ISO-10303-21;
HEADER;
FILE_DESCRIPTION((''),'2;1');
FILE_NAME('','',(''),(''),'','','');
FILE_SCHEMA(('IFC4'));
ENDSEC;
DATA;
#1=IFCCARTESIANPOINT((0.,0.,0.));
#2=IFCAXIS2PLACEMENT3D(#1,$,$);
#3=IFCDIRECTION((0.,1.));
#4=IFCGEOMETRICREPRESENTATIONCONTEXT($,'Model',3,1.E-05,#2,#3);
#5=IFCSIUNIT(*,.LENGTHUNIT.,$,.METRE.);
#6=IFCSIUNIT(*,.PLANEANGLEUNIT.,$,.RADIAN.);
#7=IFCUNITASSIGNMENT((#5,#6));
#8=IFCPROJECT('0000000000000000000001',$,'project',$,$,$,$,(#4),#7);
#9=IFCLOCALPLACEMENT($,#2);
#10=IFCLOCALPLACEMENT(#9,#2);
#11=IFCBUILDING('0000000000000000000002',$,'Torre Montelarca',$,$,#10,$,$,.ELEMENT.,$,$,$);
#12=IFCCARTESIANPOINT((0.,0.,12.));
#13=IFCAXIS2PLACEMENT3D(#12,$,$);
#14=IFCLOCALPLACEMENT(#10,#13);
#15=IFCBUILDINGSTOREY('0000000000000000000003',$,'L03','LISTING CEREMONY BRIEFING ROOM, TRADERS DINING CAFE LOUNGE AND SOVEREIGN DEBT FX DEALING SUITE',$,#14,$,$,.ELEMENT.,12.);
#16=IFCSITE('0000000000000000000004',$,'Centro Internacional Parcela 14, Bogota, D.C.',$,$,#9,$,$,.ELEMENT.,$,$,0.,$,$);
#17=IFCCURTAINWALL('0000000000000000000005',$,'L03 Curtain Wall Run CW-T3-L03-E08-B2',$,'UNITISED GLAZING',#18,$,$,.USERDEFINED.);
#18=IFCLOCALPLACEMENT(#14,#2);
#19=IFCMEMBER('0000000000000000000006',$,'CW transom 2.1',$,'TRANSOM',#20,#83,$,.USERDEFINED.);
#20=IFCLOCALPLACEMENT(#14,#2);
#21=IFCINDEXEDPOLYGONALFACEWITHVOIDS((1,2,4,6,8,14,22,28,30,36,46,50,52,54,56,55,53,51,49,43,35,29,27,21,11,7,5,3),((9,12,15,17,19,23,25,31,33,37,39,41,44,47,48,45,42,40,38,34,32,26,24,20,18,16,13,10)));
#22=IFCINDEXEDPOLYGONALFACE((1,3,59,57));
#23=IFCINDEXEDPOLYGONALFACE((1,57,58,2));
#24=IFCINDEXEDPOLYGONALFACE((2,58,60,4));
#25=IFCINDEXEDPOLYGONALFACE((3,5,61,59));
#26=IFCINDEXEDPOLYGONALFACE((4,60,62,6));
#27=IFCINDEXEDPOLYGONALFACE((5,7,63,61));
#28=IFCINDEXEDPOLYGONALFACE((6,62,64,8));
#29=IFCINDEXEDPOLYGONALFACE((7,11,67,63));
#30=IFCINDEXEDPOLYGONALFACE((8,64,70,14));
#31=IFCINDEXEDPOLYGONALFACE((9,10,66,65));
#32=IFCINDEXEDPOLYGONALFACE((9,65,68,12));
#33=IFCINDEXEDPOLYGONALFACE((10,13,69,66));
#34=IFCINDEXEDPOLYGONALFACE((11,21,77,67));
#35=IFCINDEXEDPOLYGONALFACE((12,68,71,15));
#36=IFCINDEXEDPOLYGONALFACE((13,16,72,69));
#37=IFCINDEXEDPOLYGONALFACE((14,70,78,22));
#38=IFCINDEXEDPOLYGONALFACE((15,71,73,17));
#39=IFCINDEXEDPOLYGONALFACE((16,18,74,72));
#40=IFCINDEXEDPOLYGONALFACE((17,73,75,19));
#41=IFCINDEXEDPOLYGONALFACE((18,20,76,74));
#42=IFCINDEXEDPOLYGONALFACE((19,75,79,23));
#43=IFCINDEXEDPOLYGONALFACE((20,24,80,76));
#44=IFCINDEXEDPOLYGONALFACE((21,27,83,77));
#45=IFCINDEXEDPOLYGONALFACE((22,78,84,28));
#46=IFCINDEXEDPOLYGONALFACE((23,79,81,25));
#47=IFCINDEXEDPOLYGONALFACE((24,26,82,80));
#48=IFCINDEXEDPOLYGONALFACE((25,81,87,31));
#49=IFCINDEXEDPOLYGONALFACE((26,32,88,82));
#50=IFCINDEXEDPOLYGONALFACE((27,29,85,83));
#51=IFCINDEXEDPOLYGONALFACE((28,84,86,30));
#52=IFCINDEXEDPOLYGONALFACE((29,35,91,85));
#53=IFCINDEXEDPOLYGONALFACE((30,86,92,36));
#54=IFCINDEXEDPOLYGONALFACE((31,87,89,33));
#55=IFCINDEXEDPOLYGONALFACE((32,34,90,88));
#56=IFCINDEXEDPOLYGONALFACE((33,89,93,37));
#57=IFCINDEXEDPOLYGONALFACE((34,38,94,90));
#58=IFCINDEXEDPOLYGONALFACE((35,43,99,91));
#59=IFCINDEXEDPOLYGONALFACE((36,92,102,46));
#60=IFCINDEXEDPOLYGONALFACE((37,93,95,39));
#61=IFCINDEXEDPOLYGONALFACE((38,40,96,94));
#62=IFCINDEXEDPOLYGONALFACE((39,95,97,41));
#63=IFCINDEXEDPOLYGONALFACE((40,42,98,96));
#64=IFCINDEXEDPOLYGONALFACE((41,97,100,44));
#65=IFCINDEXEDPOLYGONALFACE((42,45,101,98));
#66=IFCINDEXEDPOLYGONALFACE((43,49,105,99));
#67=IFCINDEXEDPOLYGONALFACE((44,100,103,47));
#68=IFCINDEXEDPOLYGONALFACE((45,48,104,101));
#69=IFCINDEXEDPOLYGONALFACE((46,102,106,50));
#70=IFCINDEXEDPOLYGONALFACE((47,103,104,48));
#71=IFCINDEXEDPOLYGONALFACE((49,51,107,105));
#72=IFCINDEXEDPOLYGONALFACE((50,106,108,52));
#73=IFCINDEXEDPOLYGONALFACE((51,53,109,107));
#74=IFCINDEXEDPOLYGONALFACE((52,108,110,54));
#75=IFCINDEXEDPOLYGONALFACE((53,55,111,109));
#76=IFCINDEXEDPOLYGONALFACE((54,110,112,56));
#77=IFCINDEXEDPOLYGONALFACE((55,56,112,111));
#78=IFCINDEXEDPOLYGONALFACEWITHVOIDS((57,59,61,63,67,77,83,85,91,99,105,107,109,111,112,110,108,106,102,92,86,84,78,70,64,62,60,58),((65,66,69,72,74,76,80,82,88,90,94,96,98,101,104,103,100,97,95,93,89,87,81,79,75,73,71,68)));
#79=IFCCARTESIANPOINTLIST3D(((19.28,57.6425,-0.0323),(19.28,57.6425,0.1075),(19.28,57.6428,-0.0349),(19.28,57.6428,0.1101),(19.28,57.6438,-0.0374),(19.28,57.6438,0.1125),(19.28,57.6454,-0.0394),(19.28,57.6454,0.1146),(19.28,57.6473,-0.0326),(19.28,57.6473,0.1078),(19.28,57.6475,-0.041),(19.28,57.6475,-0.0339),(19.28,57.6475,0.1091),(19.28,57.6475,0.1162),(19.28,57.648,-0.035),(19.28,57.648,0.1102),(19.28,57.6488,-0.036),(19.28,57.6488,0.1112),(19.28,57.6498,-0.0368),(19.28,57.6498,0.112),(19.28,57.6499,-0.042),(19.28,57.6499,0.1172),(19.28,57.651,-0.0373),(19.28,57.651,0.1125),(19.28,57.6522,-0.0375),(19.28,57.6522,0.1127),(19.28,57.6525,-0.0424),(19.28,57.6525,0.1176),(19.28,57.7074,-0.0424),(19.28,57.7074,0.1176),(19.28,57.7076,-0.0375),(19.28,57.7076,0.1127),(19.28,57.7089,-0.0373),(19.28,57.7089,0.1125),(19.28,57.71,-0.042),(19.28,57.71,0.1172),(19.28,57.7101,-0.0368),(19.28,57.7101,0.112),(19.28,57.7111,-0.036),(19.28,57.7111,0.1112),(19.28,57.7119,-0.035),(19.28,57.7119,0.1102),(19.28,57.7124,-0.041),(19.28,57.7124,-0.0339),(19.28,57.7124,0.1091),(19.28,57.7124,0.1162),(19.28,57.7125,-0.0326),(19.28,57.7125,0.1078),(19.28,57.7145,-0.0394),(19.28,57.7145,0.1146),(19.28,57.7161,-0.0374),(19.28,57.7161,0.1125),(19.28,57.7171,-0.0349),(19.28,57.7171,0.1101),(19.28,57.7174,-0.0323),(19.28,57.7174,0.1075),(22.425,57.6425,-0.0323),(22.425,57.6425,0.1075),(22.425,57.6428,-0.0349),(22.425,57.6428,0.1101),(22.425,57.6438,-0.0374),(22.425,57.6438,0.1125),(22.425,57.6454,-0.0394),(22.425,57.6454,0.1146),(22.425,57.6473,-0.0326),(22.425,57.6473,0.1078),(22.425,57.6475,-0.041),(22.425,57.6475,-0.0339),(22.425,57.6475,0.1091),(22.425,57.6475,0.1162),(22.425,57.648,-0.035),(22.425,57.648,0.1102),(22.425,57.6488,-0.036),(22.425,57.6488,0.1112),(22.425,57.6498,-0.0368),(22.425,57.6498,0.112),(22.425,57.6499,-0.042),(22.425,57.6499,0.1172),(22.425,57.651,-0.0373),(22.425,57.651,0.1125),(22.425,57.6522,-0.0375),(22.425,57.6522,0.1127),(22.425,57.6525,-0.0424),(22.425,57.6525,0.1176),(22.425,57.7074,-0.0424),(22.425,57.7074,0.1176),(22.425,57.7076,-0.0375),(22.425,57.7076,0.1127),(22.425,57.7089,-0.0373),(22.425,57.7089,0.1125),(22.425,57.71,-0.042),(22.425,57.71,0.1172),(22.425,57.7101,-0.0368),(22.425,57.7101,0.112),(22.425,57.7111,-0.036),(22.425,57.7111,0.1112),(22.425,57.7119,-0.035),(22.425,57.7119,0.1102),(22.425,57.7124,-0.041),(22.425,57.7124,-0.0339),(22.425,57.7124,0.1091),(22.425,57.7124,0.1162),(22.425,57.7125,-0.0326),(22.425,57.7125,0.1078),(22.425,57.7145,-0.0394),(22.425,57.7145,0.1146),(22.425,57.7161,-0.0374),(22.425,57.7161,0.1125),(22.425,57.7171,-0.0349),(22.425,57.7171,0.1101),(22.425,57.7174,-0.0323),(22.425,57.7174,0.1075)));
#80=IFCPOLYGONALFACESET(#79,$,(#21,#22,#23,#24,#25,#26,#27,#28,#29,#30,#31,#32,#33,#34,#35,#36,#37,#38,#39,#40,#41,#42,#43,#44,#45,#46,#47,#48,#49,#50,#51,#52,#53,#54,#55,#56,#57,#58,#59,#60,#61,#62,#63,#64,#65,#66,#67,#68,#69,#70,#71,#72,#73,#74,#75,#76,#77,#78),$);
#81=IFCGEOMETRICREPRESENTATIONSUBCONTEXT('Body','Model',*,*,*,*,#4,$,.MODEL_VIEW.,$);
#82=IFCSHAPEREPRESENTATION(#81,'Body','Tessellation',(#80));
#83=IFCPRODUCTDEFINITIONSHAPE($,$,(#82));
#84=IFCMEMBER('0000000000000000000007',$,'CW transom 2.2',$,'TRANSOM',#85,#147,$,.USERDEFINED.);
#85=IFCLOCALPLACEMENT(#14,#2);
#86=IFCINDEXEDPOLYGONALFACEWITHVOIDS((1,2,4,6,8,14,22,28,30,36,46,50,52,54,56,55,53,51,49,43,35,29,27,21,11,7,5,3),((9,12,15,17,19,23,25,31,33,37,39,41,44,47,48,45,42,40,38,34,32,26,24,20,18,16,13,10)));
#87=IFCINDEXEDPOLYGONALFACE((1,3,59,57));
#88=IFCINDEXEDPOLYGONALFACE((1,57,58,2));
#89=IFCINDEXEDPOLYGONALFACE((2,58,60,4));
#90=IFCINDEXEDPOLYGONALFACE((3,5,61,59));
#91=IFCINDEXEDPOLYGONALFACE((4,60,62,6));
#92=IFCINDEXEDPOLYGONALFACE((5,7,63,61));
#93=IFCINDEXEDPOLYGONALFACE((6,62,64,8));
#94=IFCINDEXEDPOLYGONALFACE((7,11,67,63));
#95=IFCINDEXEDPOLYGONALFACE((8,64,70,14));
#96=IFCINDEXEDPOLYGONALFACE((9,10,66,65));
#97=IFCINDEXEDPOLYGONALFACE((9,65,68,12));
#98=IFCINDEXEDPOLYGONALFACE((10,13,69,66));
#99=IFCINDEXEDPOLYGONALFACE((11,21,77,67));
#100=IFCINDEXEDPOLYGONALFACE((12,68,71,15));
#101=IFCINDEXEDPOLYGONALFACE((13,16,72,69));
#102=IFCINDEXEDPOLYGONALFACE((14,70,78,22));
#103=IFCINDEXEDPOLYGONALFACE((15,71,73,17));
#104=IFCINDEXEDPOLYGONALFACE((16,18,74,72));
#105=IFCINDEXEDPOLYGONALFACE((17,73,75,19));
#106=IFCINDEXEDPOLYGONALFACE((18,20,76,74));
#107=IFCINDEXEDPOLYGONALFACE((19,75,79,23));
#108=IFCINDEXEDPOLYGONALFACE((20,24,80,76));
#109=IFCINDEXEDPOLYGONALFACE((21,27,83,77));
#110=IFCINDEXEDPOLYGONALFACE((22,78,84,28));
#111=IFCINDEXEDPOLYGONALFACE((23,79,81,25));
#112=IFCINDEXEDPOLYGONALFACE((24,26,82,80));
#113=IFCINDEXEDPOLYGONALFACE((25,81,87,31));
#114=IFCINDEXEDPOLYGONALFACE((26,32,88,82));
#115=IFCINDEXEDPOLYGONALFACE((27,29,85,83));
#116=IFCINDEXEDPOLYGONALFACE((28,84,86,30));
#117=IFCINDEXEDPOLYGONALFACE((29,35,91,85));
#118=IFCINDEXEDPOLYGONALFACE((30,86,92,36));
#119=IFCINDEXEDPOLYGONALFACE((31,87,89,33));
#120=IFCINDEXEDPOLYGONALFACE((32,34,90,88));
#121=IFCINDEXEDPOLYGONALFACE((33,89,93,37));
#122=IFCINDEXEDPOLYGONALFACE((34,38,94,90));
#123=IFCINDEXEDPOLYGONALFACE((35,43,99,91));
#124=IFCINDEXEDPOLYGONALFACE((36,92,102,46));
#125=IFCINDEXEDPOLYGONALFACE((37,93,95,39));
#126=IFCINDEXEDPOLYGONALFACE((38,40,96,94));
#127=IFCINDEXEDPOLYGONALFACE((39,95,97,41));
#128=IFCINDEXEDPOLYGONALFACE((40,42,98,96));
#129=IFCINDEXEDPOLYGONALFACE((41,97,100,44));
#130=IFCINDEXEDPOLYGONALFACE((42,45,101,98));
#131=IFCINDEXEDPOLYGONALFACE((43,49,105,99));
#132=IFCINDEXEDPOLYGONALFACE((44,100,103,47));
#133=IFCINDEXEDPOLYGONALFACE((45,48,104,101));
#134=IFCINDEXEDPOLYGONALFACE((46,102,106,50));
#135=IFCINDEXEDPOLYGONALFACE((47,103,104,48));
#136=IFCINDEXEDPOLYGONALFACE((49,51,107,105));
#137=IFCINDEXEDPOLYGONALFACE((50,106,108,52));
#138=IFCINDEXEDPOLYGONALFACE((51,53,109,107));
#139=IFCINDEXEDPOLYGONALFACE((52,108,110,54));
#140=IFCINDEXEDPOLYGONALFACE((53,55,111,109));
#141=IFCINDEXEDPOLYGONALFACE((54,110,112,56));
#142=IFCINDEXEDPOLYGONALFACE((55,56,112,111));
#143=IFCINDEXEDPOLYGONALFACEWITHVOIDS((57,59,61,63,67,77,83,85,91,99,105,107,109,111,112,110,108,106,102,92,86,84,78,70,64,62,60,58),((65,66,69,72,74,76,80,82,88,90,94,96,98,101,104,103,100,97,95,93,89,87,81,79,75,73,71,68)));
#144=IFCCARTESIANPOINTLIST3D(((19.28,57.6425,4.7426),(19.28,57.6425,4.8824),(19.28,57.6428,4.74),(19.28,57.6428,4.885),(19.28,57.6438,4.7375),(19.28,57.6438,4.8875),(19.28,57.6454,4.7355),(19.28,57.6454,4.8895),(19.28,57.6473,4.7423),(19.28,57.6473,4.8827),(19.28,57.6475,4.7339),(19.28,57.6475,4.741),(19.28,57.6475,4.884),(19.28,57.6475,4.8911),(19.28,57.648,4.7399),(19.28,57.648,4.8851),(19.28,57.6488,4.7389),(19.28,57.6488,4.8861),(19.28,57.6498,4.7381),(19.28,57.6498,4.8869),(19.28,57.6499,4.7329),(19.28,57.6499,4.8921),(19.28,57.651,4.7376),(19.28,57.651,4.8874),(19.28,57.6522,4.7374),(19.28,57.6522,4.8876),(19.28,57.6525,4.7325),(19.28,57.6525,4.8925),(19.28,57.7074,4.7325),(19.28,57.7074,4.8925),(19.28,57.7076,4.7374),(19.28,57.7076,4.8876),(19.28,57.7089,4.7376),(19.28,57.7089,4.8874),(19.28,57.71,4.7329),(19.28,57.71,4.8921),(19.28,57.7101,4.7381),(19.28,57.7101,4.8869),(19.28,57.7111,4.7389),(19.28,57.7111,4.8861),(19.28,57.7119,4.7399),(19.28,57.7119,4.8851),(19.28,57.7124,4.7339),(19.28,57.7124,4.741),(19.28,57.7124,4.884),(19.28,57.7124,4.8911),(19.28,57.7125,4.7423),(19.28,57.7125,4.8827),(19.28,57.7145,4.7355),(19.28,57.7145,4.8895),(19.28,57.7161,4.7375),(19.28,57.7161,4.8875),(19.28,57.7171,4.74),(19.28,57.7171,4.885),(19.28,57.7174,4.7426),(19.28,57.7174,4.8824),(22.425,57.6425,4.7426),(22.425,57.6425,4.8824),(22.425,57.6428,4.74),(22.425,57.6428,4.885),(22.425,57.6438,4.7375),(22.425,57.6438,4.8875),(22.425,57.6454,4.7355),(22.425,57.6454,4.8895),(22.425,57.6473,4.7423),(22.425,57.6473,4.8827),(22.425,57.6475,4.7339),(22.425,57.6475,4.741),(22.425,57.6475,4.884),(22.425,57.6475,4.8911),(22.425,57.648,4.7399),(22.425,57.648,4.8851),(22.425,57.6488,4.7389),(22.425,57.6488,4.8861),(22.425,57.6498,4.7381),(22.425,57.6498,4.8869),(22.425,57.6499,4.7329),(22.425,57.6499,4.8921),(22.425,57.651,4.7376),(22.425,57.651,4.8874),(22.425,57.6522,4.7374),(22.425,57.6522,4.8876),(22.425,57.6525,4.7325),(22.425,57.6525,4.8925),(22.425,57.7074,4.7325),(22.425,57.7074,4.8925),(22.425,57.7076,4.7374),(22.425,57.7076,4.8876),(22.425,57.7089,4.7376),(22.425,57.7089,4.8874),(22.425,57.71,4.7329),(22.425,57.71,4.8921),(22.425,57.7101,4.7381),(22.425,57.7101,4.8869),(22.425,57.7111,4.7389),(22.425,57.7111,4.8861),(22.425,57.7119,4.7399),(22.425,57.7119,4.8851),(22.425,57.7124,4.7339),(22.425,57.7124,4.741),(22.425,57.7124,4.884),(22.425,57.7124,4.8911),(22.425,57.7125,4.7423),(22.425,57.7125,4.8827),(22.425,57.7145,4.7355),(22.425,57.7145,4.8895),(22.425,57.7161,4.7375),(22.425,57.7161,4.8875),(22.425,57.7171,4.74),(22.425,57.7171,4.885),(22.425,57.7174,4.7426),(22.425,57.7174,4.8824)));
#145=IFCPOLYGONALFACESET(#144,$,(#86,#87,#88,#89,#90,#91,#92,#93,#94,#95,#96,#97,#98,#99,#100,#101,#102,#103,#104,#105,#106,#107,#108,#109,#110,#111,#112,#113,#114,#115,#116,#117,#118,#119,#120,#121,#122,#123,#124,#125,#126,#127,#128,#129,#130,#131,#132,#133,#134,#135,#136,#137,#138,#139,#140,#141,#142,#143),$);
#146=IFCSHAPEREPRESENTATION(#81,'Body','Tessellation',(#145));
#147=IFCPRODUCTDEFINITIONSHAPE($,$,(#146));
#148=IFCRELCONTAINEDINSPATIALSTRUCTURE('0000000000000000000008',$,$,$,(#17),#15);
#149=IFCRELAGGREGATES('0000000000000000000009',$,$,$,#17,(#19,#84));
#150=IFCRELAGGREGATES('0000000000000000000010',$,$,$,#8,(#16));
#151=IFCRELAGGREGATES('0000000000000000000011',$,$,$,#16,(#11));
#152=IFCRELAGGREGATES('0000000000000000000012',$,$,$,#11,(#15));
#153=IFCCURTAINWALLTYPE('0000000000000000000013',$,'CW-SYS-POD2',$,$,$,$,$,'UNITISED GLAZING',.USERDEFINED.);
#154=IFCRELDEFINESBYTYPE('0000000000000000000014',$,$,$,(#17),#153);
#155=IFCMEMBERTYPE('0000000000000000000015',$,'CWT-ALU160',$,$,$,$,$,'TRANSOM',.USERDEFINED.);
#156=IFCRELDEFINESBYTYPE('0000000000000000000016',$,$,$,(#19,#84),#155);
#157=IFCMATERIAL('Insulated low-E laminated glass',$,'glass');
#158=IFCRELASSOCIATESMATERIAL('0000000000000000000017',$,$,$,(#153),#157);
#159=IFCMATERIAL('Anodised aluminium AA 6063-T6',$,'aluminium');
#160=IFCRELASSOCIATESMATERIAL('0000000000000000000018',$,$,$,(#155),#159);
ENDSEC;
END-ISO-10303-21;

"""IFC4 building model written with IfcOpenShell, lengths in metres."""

from ifc_helpers import new_model, si_unit, direction, frame, origin, origin_2d, place, context, subcontext, project, spatial, hollow_rectangle, extrude, source, transform, mapped, material, material_profile, profile_set, type_object, element, aggregate, save


model = new_model("IFC4")

# Units and contexts
model_context = context("Model", 3, precision=1e-05, world=origin(), true_north=direction((0.0, 1.0)))
body_context = subcontext(model_context, "Body", "Model", "MODEL_VIEW")
ifc_project = project(units=[si_unit("LENGTHUNIT", "METRE"), si_unit("PLANEANGLEUNIT", "RADIAN")], contexts=[model_context])

# Site, building, storey
site_placement = place(None, origin())
site = spatial("IfcSite", under=ifc_project, at=site_placement, Name="Centro Internacional Parcela 14, Bogota, D.C.", CompositionType="ELEMENT", RefElevation=0.0)
building_placement = place(site_placement, origin())
building = spatial("IfcBuilding", under=site, at=building_placement, Name="Torre Montelarca", CompositionType="ELEMENT")
storey_placement = place(building_placement, frame((0.0, 0.0, 12.0)))
storey = spatial("IfcBuildingStorey", under=building, at=storey_placement, Name="L03", Description="LISTING CEREMONY BRIEFING ROOM, TRADERS DINING CAFE LOUNGE AND SOVEREIGN DEBT FX DEALING SUITE", CompositionType="ELEMENT", Elevation=12.0)

# Curtain wall, members
ifc_material_1 = material(Name="Insulated low-E laminated glass", Category="glass")
curtain_wall_type = type_object("IfcCurtainWallType", Name="CW-SYS-POD2", ElementType="UNITISED GLAZING", PredefinedType="USERDEFINED", material=ifc_material_1)
ifc_material_2 = material(Name="Anodised aluminium AA 6063-T6", Category="aluminium")
ifc_material_profile_1 = material_profile(ifc_material_2, hollow_rectangle(XDim=0.075, YDim=0.1599, WallThickness=0.0049, InnerFilletRadius=0.0049, OuterFilletRadius=0.01, at=origin_2d()), Name="ALU75X160X5", Category="aluminium")
ifc_profile_set_1 = profile_set([ifc_material_profile_1], Name="Anodised aluminium AA 6063-T6")
member_type_1 = type_object("IfcMemberType", Name="CWT-ALU160", ElementType="TRANSOM", PredefinedType="USERDEFINED", material=ifc_profile_set_1)
curtain_wall_1_placement = place(storey_placement, origin())
curtain_wall_1 = element("IfcCurtainWall", 1, at=curtain_wall_1_placement, inside=storey, type_object=curtain_wall_type, Name="L03 Curtain Wall Run CW-T3-L03-E08-B2", ObjectType="UNITISED GLAZING", PredefinedType="USERDEFINED")
shared_shape_1 = source(origin(), body_context, "Body", "SweptSolid", [
    extrude(hollow_rectangle(XDim=0.075, YDim=0.1599, WallThickness=0.0049, InnerFilletRadius=0.0049, OuterFilletRadius=0.01, at=origin_2d()), origin(), (0.0, 0.0, 1.0), 3.145),
])
member_1_placement = place(storey_placement, frame((22.425, 57.6799, 0.0376), z_axis=(-1.0, 0.0, 0.0), x_axis=(0.0, -1.0, 0.0)))
member_1 = element("IfcMember", 2, at=member_1_placement, type_object=member_type_1, Name="CW transom 2.1", ObjectType="TRANSOM", PredefinedType="USERDEFINED", context=body_context, shape_type="MappedRepresentation", body=[
    mapped(shared_shape_1, transform((0.0, 0.0, 0.0), scale=1.0)),
])
member_2_placement = place(storey_placement, frame((22.425, 57.6799, 4.8125), z_axis=(-1.0, 0.0, 0.0), x_axis=(0.0, -1.0, 0.0)))
member_2 = element("IfcMember", 3, at=member_2_placement, type_object=member_type_1, Name="CW transom 2.2", ObjectType="TRANSOM", PredefinedType="USERDEFINED", context=body_context, shape_type="MappedRepresentation", body=[
    mapped(shared_shape_1, transform((0.0, 0.0, 0.0), scale=1.0)),
])

aggregate(curtain_wall_1, [member_1, member_2])

save(model, "model.ifc")
